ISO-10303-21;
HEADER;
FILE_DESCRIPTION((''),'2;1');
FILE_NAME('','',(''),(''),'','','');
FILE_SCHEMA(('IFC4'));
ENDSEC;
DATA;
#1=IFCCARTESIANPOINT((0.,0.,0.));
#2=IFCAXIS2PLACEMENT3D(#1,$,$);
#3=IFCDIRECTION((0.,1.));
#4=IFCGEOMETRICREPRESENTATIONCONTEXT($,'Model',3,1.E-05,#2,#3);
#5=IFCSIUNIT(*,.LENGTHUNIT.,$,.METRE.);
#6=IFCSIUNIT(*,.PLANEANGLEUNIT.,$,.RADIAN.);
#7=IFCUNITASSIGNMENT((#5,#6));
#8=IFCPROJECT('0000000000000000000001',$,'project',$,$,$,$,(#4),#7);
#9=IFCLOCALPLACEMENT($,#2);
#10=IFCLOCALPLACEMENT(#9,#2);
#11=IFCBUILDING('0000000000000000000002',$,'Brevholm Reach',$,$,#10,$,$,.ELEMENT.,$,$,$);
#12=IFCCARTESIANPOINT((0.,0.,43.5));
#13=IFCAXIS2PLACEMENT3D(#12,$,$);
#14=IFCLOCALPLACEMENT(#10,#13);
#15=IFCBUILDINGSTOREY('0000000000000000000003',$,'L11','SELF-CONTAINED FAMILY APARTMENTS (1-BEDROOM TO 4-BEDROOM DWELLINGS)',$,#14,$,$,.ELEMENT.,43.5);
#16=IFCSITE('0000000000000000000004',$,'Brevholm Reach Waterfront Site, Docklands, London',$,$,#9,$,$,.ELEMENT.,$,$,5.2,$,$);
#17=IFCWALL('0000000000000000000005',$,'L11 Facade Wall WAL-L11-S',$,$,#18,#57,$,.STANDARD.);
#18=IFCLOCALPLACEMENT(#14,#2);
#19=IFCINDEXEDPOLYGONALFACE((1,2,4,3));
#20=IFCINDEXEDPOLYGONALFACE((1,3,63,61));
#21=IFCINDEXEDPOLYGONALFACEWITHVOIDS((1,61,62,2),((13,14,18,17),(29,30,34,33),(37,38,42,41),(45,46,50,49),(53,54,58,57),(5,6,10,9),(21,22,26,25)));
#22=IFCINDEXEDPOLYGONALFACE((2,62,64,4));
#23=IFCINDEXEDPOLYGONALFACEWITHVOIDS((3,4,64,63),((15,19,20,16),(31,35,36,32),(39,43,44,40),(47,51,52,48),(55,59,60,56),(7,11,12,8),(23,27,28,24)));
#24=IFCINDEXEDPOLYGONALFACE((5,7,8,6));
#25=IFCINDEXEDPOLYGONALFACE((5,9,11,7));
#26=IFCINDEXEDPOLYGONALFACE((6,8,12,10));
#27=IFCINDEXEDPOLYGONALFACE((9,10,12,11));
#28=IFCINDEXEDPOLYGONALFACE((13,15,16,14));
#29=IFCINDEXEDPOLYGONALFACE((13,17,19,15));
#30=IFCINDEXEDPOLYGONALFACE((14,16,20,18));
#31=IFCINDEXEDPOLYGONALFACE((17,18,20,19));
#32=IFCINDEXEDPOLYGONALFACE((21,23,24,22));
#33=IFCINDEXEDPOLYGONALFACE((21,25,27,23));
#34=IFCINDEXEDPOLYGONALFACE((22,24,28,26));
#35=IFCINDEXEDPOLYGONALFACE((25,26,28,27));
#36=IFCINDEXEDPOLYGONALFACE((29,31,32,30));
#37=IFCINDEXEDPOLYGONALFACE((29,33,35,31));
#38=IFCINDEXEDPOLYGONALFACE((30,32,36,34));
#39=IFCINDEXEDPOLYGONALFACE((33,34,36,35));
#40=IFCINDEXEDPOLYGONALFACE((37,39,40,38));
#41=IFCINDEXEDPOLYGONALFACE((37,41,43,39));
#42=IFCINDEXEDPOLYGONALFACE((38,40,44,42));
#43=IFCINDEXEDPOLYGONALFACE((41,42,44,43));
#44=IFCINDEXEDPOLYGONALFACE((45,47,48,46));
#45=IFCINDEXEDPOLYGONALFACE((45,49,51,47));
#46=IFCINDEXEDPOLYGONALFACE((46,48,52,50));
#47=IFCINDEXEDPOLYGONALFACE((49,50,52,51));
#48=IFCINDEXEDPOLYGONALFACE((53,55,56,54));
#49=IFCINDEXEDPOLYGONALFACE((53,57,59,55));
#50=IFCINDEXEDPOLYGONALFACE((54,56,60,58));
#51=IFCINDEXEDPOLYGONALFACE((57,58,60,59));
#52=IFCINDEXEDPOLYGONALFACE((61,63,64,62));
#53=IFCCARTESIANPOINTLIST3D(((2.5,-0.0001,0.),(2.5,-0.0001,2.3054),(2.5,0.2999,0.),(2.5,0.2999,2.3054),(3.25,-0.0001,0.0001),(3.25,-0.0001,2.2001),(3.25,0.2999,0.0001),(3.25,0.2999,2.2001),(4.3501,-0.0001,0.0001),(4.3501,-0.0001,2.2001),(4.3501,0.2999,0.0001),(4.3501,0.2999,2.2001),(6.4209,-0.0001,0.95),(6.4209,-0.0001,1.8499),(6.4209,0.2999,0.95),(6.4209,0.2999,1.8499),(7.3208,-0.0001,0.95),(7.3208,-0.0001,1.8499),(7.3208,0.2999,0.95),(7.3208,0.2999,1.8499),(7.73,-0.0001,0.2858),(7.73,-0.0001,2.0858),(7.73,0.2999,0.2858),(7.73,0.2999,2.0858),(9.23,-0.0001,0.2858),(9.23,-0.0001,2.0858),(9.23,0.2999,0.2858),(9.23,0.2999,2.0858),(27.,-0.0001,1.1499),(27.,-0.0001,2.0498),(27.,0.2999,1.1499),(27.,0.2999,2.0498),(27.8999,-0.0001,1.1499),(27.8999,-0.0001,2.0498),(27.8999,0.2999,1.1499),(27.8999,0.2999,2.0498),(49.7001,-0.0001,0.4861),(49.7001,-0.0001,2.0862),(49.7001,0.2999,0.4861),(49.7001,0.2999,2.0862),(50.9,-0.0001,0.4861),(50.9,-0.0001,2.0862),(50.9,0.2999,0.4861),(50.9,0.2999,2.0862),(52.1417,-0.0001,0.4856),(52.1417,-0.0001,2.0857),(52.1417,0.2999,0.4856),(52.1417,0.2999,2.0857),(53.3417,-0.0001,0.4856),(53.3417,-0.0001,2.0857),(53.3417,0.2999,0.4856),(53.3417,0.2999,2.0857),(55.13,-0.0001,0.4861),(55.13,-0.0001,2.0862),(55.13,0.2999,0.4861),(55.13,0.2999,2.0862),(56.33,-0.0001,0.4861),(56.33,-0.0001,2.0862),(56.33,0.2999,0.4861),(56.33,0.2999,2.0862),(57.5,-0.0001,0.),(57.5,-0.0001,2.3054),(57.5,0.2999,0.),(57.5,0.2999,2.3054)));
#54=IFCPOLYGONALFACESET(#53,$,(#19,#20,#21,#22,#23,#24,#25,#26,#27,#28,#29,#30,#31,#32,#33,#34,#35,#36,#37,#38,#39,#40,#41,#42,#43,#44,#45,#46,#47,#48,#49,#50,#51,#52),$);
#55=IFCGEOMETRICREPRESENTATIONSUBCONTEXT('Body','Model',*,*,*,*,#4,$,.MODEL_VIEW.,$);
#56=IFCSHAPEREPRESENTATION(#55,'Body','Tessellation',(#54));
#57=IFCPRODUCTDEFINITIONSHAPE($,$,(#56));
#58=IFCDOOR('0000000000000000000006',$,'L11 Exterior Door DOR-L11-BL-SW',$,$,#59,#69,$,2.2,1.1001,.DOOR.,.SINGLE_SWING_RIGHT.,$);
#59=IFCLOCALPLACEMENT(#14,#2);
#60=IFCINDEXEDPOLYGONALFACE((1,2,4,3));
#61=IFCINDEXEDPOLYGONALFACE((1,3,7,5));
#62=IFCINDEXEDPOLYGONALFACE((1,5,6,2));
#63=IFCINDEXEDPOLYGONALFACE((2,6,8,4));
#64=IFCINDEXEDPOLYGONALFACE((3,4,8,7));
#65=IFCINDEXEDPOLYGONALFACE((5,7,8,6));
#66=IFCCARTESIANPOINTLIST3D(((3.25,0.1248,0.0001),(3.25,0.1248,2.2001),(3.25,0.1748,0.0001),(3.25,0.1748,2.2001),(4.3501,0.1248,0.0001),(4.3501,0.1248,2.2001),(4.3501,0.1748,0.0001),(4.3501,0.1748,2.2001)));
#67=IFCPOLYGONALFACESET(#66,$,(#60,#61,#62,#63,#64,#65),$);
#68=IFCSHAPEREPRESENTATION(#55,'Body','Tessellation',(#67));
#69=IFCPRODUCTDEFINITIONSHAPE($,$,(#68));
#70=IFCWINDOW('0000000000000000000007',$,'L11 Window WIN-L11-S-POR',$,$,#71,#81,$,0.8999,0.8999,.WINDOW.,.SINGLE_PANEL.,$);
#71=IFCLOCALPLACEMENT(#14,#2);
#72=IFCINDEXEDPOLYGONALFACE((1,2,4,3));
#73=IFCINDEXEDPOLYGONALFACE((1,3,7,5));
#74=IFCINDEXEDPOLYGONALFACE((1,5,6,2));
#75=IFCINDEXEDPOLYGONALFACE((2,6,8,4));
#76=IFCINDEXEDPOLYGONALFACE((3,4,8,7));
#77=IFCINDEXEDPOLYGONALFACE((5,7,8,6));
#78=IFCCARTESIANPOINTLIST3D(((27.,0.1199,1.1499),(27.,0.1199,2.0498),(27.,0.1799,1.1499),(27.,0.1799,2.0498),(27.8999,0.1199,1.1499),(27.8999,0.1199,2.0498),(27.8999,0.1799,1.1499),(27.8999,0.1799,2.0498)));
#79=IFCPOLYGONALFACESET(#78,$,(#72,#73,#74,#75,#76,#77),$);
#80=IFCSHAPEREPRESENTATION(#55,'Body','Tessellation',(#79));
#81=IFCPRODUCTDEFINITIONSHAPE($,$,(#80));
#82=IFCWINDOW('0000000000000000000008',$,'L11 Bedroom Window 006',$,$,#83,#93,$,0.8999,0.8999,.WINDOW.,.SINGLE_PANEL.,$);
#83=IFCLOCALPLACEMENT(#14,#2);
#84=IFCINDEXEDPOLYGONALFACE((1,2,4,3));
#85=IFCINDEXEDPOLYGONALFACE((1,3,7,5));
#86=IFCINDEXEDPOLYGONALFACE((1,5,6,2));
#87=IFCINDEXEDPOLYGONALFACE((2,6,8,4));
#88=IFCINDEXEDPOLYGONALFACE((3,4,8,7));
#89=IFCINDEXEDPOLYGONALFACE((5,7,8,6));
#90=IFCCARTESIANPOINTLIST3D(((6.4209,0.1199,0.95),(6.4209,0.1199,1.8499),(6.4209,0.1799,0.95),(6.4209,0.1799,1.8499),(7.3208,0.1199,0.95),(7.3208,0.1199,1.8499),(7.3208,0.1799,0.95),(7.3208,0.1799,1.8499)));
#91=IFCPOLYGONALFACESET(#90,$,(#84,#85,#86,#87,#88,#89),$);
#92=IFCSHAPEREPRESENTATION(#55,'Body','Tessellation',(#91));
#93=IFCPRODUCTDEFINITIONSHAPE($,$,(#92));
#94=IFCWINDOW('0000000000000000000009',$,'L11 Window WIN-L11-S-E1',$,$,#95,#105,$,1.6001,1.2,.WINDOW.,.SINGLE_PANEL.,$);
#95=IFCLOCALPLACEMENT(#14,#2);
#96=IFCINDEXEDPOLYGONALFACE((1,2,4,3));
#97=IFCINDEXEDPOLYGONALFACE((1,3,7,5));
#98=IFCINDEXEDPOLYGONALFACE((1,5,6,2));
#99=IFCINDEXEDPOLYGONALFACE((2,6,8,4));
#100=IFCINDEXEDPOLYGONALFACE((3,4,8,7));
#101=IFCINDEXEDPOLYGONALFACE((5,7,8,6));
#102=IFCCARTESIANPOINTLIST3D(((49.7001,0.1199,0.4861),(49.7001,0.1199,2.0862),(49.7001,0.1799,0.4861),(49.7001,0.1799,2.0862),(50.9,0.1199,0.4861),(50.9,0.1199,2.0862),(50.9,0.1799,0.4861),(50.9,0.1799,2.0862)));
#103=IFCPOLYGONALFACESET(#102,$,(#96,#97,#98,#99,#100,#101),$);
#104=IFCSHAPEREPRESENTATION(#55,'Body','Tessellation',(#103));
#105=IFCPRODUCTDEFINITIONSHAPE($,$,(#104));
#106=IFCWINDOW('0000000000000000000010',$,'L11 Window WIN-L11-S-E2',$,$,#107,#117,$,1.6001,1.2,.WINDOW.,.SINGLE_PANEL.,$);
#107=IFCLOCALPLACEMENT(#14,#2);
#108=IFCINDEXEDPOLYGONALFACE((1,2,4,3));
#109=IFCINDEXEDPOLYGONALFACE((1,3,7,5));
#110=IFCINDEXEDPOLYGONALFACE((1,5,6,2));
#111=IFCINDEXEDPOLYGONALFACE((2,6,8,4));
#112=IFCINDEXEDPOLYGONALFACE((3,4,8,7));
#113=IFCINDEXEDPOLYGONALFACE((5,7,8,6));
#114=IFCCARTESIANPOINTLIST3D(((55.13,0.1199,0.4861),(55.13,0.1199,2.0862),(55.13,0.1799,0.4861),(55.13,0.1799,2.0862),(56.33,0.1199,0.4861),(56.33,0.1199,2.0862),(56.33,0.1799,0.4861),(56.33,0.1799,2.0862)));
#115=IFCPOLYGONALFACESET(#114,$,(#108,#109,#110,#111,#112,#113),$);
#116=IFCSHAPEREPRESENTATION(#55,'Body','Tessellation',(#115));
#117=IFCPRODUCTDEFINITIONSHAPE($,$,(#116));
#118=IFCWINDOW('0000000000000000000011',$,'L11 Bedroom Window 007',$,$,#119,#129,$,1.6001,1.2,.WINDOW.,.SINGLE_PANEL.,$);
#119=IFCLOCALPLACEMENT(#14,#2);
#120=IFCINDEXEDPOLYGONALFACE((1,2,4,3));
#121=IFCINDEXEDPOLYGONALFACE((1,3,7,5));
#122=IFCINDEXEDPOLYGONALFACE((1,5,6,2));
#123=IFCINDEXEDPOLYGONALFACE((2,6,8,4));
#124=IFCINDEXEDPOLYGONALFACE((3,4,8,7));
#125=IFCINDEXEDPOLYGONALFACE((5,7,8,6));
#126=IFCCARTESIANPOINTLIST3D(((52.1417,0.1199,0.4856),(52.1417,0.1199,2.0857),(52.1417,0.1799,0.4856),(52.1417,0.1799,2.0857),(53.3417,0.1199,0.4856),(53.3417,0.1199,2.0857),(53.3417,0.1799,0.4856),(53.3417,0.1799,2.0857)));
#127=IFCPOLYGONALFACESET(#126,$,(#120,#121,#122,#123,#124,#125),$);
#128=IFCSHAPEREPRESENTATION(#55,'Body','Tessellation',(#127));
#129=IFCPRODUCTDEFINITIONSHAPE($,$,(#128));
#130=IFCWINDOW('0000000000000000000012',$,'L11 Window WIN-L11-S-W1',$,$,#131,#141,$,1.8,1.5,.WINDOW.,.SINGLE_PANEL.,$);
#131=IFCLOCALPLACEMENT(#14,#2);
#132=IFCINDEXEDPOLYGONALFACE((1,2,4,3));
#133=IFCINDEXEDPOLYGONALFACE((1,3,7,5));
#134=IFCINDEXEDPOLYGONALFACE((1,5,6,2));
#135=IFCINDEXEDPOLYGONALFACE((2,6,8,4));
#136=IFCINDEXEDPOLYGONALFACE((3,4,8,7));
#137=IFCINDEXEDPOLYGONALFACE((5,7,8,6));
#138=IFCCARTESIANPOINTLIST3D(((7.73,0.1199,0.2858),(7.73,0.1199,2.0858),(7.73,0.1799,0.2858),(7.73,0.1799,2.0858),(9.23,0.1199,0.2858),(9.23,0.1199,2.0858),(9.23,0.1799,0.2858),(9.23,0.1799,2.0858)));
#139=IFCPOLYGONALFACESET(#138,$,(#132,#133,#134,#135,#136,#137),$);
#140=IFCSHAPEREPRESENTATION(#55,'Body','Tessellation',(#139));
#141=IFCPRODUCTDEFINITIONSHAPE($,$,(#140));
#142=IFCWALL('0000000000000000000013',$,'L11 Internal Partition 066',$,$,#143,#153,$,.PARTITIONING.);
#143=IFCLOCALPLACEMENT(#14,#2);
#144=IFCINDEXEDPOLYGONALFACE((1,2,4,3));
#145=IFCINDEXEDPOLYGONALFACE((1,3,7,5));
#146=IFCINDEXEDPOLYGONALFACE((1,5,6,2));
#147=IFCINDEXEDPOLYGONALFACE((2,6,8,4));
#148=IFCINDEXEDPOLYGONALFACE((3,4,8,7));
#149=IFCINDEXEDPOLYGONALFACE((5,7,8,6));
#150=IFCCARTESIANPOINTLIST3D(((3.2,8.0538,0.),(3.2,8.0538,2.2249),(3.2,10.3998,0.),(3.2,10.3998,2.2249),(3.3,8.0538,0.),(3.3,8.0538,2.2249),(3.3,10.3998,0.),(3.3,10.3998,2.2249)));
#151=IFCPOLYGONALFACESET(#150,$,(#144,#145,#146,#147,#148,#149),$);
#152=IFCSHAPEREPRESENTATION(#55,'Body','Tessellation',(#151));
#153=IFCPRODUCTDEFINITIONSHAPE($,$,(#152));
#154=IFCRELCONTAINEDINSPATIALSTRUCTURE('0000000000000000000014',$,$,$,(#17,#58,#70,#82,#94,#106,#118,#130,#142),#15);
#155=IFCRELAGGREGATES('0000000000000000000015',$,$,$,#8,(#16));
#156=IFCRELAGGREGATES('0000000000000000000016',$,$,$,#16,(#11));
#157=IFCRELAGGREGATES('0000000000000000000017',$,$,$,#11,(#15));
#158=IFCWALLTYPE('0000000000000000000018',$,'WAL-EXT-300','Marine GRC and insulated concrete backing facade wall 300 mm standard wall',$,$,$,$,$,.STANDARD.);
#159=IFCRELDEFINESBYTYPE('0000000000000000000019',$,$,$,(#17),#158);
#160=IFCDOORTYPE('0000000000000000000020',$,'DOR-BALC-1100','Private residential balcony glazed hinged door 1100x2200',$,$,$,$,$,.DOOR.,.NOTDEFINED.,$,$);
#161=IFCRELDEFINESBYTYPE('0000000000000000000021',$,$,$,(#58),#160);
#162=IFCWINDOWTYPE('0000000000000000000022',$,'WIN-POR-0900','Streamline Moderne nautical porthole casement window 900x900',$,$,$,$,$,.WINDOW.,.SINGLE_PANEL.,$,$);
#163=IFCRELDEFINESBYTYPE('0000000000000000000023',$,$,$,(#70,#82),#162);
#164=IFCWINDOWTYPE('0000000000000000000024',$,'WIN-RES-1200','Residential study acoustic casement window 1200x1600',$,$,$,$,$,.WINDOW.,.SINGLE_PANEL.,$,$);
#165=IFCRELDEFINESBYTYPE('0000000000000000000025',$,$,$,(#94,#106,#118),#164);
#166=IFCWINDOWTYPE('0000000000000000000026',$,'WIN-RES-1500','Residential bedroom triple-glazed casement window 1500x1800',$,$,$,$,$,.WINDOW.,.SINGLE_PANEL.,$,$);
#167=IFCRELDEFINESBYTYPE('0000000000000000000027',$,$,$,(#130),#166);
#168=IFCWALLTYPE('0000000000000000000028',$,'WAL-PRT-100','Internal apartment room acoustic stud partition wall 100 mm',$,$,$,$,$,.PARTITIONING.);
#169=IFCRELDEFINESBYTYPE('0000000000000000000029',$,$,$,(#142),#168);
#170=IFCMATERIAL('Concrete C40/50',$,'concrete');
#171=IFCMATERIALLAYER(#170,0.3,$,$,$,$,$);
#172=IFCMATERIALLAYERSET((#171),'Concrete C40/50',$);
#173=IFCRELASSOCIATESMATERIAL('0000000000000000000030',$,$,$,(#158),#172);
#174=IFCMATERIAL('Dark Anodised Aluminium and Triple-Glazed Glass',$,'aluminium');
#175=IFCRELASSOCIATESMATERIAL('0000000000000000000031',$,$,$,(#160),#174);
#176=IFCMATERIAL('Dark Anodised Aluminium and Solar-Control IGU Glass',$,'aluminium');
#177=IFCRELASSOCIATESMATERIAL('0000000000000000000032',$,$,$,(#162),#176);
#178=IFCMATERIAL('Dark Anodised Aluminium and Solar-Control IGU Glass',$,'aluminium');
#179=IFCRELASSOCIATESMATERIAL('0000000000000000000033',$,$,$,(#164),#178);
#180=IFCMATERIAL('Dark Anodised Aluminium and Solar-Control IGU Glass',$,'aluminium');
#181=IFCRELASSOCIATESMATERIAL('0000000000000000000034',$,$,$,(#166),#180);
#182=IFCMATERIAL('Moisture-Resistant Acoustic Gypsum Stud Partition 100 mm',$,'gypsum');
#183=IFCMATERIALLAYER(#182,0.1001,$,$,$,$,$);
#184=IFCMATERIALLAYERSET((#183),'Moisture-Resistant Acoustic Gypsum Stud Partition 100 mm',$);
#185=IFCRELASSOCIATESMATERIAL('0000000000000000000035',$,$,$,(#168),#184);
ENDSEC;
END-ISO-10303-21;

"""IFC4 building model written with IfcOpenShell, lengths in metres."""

from ifc_helpers import new_model, si_unit, direction, frame, frame_2d, origin, place, context, subcontext, project, spatial, rectangle, extrude, material, layer, layer_set, type_object, element, fill, save


model = new_model("IFC4")

# Units and contexts
model_context = context("Model", 3, precision=1e-05, world=origin(), true_north=direction((0.0, 1.0)))
body_context = subcontext(model_context, "Body", "Model", "MODEL_VIEW")
ifc_project = project(units=[si_unit("LENGTHUNIT", "METRE"), si_unit("PLANEANGLEUNIT", "RADIAN")], contexts=[model_context])

# Site, building, storey
site_placement = place(None, origin())
site = spatial("IfcSite", under=ifc_project, at=site_placement, Name="Brevholm Reach Waterfront Site, Docklands, London", CompositionType="ELEMENT", RefElevation=5.2)
building_placement = place(site_placement, origin())
building = spatial("IfcBuilding", under=site, at=building_placement, Name="Brevholm Reach", CompositionType="ELEMENT")
storey_placement = place(building_placement, frame((0.0, 0.0, 43.5)))
storey = spatial("IfcBuildingStorey", under=building, at=storey_placement, Name="L11", Description="SELF-CONTAINED FAMILY APARTMENTS (1-BEDROOM TO 4-BEDROOM DWELLINGS)", CompositionType="ELEMENT", Elevation=43.5)

# Shared definitions
ifc_material_1 = material(Name="Concrete C40/50", Category="concrete")
ifc_layer_1 = layer(ifc_material_1, 0.3)
ifc_layer_set_1 = layer_set([ifc_layer_1], Name="Concrete C40/50")
wall_type_1 = type_object("IfcWallType", Name="WAL-EXT-300", Description="Marine GRC and insulated concrete backing facade wall 300 mm standard wall", PredefinedType="STANDARD", material=ifc_layer_set_1)

# Wall, openings, door, windows
wall_1_placement = place(storey_placement, frame((2.5, 0.1499, 0.0), z_axis=(0.0, 0.0, 1.0), x_axis=(1.0, 0.0, 0.0)))
wall_1 = element("IfcWall", 1, at=wall_1_placement, inside=storey, type_object=wall_type_1, Name="L11 Facade Wall WAL-L11-S", PredefinedType="STANDARD", context=body_context, shape_type="SweptSolid", body=[
    extrude(rectangle(XDim=55.0, YDim=0.3, at=frame_2d((27.5, 0.0))), origin(), (0.0, 0.0, 1.0), 2.3054),
])
opening_1_placement = place(wall_1_placement, frame((0.75, 0.0, 0.0)))
opening_1 = element("IfcOpeningElement", 2, at=opening_1_placement, cuts=wall_1, PredefinedType="OPENING", context=body_context, shape_type="SweptSolid", body=[
    extrude(rectangle(XDim=1.1001, YDim=2.2, at=frame_2d((0.55, 1.1001))), frame((0.0, 0.1599, 0.0), z_axis=(0.0, -1.0, 0.0), x_axis=(1.0, 0.0, 0.0)), (0.0, 0.0, 1.0), 0.3201),
])
opening_2_placement = place(wall_1_placement, frame((5.23, 0.0, 0.2859)))
opening_2 = element("IfcOpeningElement", 3, at=opening_2_placement, cuts=wall_1, PredefinedType="OPENING", context=body_context, shape_type="SweptSolid", body=[
    extrude(rectangle(XDim=1.5, YDim=1.8, at=frame_2d((0.75, 0.8999))), frame((0.0, 0.1599, 0.0), z_axis=(0.0, -1.0, 0.0), x_axis=(1.0, 0.0, 0.0)), (0.0, 0.0, 1.0), 0.3201),
])
opening_3_placement = place(wall_1_placement, frame((24.5, 0.0, 1.1499)))
opening_3 = element("IfcOpeningElement", 4, at=opening_3_placement, cuts=wall_1, PredefinedType="OPENING", context=body_context, shape_type="SweptSolid", body=[
    extrude(rectangle(XDim=0.8999, YDim=0.8999, at=frame_2d((0.45, 0.45))), frame((0.0, 0.1599, 0.0), z_axis=(0.0, -1.0, 0.0), x_axis=(1.0, 0.0, 0.0)), (0.0, 0.0, 1.0), 0.3201),
])
opening_4_placement = place(wall_1_placement, frame((47.2, 0.0, 0.4861)))
opening_4 = element("IfcOpeningElement", 5, at=opening_4_placement, cuts=wall_1, PredefinedType="OPENING", context=body_context, shape_type="SweptSolid", body=[
    extrude(rectangle(XDim=1.2, YDim=1.6001, at=frame_2d((0.6001, 0.8))), frame((0.0, 0.1599, 0.0), z_axis=(0.0, -1.0, 0.0), x_axis=(1.0, 0.0, 0.0)), (0.0, 0.0, 1.0), 0.3201),
])
opening_5_placement = place(wall_1_placement, frame((52.6299, 0.0, 0.4861)))
opening_5 = element("IfcOpeningElement", 6, at=opening_5_placement, cuts=wall_1, PredefinedType="OPENING", context=body_context, shape_type="SweptSolid", body=[
    extrude(rectangle(XDim=1.2, YDim=1.6001, at=frame_2d((0.6001, 0.8))), frame((0.0, 0.1599, 0.0), z_axis=(0.0, -1.0, 0.0), x_axis=(1.0, 0.0, 0.0)), (0.0, 0.0, 1.0), 0.3201),
])
opening_6_placement = place(wall_1_placement, frame((3.9209, 0.0, 0.95)))
opening_6 = element("IfcOpeningElement", 7, at=opening_6_placement, cuts=wall_1, PredefinedType="OPENING", context=body_context, shape_type="SweptSolid", body=[
    extrude(rectangle(XDim=0.8999, YDim=0.8999, at=frame_2d((0.45, 0.45))), frame((0.0, 0.1599, 0.0), z_axis=(0.0, -1.0, 0.0), x_axis=(1.0, 0.0, 0.0)), (0.0, 0.0, 1.0), 0.3201),
])
opening_7_placement = place(wall_1_placement, frame((49.6416, 0.0, 0.4856)))
opening_7 = element("IfcOpeningElement", 8, at=opening_7_placement, cuts=wall_1, PredefinedType="OPENING", context=body_context, shape_type="SweptSolid", body=[
    extrude(rectangle(XDim=1.2, YDim=1.6001, at=frame_2d((0.6001, 0.8))), frame((0.0, 0.1599, 0.0), z_axis=(0.0, -1.0, 0.0), x_axis=(1.0, 0.0, 0.0)), (0.0, 0.0, 1.0), 0.3201),
])
ifc_material_2 = material(Name="Dark Anodised Aluminium and Triple-Glazed Glass", Category="aluminium")
door_type_1 = type_object("IfcDoorType", Name="DOR-BALC-1100", Description="Private residential balcony glazed hinged door 1100x2200", OperationType="NOTDEFINED", PredefinedType="DOOR", material=ifc_material_2)
door_1_placement = place(opening_1_placement, origin())
door_1 = element("IfcDoor", 9, at=door_1_placement, inside=storey, type_object=door_type_1, Name="L11 Exterior Door DOR-L11-BL-SW", OperationType="SINGLE_SWING_RIGHT", OverallHeight=2.2, OverallWidth=1.1001, PredefinedType="DOOR", context=body_context, shape_type="SweptSolid", body=[
    extrude(rectangle(XDim=1.1001, YDim=2.2, at=frame_2d((0.55, 1.1001))), frame((0.0, 0.0249, 0.0), z_axis=(0.0, -1.0, 0.0), x_axis=(1.0, 0.0, 0.0)), (0.0, 0.0, 1.0), 0.05),
])
fill(opening_1, door_1)
ifc_material_3 = material(Name="Dark Anodised Aluminium and Solar-Control IGU Glass", Category="aluminium")
window_type_1 = type_object("IfcWindowType", Name="WIN-POR-0900", Description="Streamline Moderne nautical porthole casement window 900x900", PartitioningType="SINGLE_PANEL", PredefinedType="WINDOW", material=ifc_material_3)
window_1_placement = place(opening_3_placement, origin())
window_1 = element("IfcWindow", 10, at=window_1_placement, inside=storey, type_object=window_type_1, Name="L11 Window WIN-L11-S-POR", OverallHeight=0.8999, OverallWidth=0.8999, PartitioningType="SINGLE_PANEL", PredefinedType="WINDOW", context=body_context, shape_type="SweptSolid", body=[
    extrude(rectangle(XDim=0.8999, YDim=0.8999, at=frame_2d((0.45, 0.45))), frame((0.0, 0.03, 0.0), z_axis=(0.0, -1.0, 0.0), x_axis=(1.0, 0.0, 0.0)), (0.0, 0.0, 1.0), 0.0601),
])
fill(opening_3, window_1)
window_2_placement = place(opening_6_placement, origin())
window_2 = element("IfcWindow", 11, at=window_2_placement, inside=storey, type_object=window_type_1, Name="L11 Bedroom Window 006", OverallHeight=0.8999, OverallWidth=0.8999, PartitioningType="SINGLE_PANEL", PredefinedType="WINDOW", context=body_context, shape_type="SweptSolid", body=[
    extrude(rectangle(XDim=0.8999, YDim=0.8999, at=frame_2d((0.45, 0.45))), frame((0.0, 0.03, 0.0), z_axis=(0.0, -1.0, 0.0), x_axis=(1.0, 0.0, 0.0)), (0.0, 0.0, 1.0), 0.0601),
])
fill(opening_6, window_2)
ifc_material_4 = material(Name="Dark Anodised Aluminium and Solar-Control IGU Glass", Category="aluminium")
window_type_2 = type_object("IfcWindowType", Name="WIN-RES-1200", Description="Residential study acoustic casement window 1200x1600", PartitioningType="SINGLE_PANEL", PredefinedType="WINDOW", material=ifc_material_4)
window_3_placement = place(opening_4_placement, origin())
window_3 = element("IfcWindow", 12, at=window_3_placement, inside=storey, type_object=window_type_2, Name="L11 Window WIN-L11-S-E1", OverallHeight=1.6001, OverallWidth=1.2, PartitioningType="SINGLE_PANEL", PredefinedType="WINDOW", context=body_context, shape_type="SweptSolid", body=[
    extrude(rectangle(XDim=1.2, YDim=1.6001, at=frame_2d((0.6001, 0.8))), frame((0.0, 0.03, 0.0), z_axis=(0.0, -1.0, 0.0), x_axis=(1.0, 0.0, 0.0)), (0.0, 0.0, 1.0), 0.0601),
])
fill(opening_4, window_3)
window_4_placement = place(opening_5_placement, origin())
window_4 = element("IfcWindow", 13, at=window_4_placement, inside=storey, type_object=window_type_2, Name="L11 Window WIN-L11-S-E2", OverallHeight=1.6001, OverallWidth=1.2, PartitioningType="SINGLE_PANEL", PredefinedType="WINDOW", context=body_context, shape_type="SweptSolid", body=[
    extrude(rectangle(XDim=1.2, YDim=1.6001, at=frame_2d((0.6001, 0.8))), frame((0.0, 0.03, 0.0), z_axis=(0.0, -1.0, 0.0), x_axis=(1.0, 0.0, 0.0)), (0.0, 0.0, 1.0), 0.0601),
])
fill(opening_5, window_4)
window_5_placement = place(opening_7_placement, origin())
window_5 = element("IfcWindow", 14, at=window_5_placement, inside=storey, type_object=window_type_2, Name="L11 Bedroom Window 007", OverallHeight=1.6001, OverallWidth=1.2, PartitioningType="SINGLE_PANEL", PredefinedType="WINDOW", context=body_context, shape_type="SweptSolid", body=[
    extrude(rectangle(XDim=1.2, YDim=1.6001, at=frame_2d((0.6001, 0.8))), frame((0.0, 0.03, 0.0), z_axis=(0.0, -1.0, 0.0), x_axis=(1.0, 0.0, 0.0)), (0.0, 0.0, 1.0), 0.0601),
])
fill(opening_7, window_5)
ifc_material_5 = material(Name="Dark Anodised Aluminium and Solar-Control IGU Glass", Category="aluminium")
window_type_3 = type_object("IfcWindowType", Name="WIN-RES-1500", Description="Residential bedroom triple-glazed casement window 1500x1800", PartitioningType="SINGLE_PANEL", PredefinedType="WINDOW", material=ifc_material_5)
window_6_placement = place(opening_2_placement, origin())
window_6 = element("IfcWindow", 15, at=window_6_placement, inside=storey, type_object=window_type_3, Name="L11 Window WIN-L11-S-W1", OverallHeight=1.8, OverallWidth=1.5, PartitioningType="SINGLE_PANEL", PredefinedType="WINDOW", context=body_context, shape_type="SweptSolid", body=[
    extrude(rectangle(XDim=1.5, YDim=1.8, at=frame_2d((0.75, 0.8999))), frame((0.0, 0.03, 0.0), z_axis=(0.0, -1.0, 0.0), x_axis=(1.0, 0.0, 0.0)), (0.0, 0.0, 1.0), 0.0601),
])
fill(opening_2, window_6)

# Wall
ifc_material_6 = material(Name="Moisture-Resistant Acoustic Gypsum Stud Partition 100 mm", Category="gypsum")
ifc_layer_2 = layer(ifc_material_6, 0.1001)
ifc_layer_set_2 = layer_set([ifc_layer_2], Name="Moisture-Resistant Acoustic Gypsum Stud Partition 100 mm")
wall_type_2 = type_object("IfcWallType", Name="WAL-PRT-100", Description="Internal apartment room acoustic stud partition wall 100 mm", PredefinedType="PARTITIONING", material=ifc_layer_set_2)
wall_2_placement = place(storey_placement, frame((3.25, 8.054, 0.0), z_axis=(0.0, 0.0, 1.0), x_axis=(0.0, 1.0, 0.0)))
element("IfcWall", 16, at=wall_2_placement, inside=storey, type_object=wall_type_2, Name="L11 Internal Partition 066", PredefinedType="PARTITIONING", context=body_context, shape_type="SweptSolid", body=[
    extrude(rectangle(XDim=2.3459, YDim=0.1001, at=frame_2d((1.1729, 0.0))), origin(), (0.0, 0.0, 1.0), 2.2249),
])

save(model, "model.ifc")
